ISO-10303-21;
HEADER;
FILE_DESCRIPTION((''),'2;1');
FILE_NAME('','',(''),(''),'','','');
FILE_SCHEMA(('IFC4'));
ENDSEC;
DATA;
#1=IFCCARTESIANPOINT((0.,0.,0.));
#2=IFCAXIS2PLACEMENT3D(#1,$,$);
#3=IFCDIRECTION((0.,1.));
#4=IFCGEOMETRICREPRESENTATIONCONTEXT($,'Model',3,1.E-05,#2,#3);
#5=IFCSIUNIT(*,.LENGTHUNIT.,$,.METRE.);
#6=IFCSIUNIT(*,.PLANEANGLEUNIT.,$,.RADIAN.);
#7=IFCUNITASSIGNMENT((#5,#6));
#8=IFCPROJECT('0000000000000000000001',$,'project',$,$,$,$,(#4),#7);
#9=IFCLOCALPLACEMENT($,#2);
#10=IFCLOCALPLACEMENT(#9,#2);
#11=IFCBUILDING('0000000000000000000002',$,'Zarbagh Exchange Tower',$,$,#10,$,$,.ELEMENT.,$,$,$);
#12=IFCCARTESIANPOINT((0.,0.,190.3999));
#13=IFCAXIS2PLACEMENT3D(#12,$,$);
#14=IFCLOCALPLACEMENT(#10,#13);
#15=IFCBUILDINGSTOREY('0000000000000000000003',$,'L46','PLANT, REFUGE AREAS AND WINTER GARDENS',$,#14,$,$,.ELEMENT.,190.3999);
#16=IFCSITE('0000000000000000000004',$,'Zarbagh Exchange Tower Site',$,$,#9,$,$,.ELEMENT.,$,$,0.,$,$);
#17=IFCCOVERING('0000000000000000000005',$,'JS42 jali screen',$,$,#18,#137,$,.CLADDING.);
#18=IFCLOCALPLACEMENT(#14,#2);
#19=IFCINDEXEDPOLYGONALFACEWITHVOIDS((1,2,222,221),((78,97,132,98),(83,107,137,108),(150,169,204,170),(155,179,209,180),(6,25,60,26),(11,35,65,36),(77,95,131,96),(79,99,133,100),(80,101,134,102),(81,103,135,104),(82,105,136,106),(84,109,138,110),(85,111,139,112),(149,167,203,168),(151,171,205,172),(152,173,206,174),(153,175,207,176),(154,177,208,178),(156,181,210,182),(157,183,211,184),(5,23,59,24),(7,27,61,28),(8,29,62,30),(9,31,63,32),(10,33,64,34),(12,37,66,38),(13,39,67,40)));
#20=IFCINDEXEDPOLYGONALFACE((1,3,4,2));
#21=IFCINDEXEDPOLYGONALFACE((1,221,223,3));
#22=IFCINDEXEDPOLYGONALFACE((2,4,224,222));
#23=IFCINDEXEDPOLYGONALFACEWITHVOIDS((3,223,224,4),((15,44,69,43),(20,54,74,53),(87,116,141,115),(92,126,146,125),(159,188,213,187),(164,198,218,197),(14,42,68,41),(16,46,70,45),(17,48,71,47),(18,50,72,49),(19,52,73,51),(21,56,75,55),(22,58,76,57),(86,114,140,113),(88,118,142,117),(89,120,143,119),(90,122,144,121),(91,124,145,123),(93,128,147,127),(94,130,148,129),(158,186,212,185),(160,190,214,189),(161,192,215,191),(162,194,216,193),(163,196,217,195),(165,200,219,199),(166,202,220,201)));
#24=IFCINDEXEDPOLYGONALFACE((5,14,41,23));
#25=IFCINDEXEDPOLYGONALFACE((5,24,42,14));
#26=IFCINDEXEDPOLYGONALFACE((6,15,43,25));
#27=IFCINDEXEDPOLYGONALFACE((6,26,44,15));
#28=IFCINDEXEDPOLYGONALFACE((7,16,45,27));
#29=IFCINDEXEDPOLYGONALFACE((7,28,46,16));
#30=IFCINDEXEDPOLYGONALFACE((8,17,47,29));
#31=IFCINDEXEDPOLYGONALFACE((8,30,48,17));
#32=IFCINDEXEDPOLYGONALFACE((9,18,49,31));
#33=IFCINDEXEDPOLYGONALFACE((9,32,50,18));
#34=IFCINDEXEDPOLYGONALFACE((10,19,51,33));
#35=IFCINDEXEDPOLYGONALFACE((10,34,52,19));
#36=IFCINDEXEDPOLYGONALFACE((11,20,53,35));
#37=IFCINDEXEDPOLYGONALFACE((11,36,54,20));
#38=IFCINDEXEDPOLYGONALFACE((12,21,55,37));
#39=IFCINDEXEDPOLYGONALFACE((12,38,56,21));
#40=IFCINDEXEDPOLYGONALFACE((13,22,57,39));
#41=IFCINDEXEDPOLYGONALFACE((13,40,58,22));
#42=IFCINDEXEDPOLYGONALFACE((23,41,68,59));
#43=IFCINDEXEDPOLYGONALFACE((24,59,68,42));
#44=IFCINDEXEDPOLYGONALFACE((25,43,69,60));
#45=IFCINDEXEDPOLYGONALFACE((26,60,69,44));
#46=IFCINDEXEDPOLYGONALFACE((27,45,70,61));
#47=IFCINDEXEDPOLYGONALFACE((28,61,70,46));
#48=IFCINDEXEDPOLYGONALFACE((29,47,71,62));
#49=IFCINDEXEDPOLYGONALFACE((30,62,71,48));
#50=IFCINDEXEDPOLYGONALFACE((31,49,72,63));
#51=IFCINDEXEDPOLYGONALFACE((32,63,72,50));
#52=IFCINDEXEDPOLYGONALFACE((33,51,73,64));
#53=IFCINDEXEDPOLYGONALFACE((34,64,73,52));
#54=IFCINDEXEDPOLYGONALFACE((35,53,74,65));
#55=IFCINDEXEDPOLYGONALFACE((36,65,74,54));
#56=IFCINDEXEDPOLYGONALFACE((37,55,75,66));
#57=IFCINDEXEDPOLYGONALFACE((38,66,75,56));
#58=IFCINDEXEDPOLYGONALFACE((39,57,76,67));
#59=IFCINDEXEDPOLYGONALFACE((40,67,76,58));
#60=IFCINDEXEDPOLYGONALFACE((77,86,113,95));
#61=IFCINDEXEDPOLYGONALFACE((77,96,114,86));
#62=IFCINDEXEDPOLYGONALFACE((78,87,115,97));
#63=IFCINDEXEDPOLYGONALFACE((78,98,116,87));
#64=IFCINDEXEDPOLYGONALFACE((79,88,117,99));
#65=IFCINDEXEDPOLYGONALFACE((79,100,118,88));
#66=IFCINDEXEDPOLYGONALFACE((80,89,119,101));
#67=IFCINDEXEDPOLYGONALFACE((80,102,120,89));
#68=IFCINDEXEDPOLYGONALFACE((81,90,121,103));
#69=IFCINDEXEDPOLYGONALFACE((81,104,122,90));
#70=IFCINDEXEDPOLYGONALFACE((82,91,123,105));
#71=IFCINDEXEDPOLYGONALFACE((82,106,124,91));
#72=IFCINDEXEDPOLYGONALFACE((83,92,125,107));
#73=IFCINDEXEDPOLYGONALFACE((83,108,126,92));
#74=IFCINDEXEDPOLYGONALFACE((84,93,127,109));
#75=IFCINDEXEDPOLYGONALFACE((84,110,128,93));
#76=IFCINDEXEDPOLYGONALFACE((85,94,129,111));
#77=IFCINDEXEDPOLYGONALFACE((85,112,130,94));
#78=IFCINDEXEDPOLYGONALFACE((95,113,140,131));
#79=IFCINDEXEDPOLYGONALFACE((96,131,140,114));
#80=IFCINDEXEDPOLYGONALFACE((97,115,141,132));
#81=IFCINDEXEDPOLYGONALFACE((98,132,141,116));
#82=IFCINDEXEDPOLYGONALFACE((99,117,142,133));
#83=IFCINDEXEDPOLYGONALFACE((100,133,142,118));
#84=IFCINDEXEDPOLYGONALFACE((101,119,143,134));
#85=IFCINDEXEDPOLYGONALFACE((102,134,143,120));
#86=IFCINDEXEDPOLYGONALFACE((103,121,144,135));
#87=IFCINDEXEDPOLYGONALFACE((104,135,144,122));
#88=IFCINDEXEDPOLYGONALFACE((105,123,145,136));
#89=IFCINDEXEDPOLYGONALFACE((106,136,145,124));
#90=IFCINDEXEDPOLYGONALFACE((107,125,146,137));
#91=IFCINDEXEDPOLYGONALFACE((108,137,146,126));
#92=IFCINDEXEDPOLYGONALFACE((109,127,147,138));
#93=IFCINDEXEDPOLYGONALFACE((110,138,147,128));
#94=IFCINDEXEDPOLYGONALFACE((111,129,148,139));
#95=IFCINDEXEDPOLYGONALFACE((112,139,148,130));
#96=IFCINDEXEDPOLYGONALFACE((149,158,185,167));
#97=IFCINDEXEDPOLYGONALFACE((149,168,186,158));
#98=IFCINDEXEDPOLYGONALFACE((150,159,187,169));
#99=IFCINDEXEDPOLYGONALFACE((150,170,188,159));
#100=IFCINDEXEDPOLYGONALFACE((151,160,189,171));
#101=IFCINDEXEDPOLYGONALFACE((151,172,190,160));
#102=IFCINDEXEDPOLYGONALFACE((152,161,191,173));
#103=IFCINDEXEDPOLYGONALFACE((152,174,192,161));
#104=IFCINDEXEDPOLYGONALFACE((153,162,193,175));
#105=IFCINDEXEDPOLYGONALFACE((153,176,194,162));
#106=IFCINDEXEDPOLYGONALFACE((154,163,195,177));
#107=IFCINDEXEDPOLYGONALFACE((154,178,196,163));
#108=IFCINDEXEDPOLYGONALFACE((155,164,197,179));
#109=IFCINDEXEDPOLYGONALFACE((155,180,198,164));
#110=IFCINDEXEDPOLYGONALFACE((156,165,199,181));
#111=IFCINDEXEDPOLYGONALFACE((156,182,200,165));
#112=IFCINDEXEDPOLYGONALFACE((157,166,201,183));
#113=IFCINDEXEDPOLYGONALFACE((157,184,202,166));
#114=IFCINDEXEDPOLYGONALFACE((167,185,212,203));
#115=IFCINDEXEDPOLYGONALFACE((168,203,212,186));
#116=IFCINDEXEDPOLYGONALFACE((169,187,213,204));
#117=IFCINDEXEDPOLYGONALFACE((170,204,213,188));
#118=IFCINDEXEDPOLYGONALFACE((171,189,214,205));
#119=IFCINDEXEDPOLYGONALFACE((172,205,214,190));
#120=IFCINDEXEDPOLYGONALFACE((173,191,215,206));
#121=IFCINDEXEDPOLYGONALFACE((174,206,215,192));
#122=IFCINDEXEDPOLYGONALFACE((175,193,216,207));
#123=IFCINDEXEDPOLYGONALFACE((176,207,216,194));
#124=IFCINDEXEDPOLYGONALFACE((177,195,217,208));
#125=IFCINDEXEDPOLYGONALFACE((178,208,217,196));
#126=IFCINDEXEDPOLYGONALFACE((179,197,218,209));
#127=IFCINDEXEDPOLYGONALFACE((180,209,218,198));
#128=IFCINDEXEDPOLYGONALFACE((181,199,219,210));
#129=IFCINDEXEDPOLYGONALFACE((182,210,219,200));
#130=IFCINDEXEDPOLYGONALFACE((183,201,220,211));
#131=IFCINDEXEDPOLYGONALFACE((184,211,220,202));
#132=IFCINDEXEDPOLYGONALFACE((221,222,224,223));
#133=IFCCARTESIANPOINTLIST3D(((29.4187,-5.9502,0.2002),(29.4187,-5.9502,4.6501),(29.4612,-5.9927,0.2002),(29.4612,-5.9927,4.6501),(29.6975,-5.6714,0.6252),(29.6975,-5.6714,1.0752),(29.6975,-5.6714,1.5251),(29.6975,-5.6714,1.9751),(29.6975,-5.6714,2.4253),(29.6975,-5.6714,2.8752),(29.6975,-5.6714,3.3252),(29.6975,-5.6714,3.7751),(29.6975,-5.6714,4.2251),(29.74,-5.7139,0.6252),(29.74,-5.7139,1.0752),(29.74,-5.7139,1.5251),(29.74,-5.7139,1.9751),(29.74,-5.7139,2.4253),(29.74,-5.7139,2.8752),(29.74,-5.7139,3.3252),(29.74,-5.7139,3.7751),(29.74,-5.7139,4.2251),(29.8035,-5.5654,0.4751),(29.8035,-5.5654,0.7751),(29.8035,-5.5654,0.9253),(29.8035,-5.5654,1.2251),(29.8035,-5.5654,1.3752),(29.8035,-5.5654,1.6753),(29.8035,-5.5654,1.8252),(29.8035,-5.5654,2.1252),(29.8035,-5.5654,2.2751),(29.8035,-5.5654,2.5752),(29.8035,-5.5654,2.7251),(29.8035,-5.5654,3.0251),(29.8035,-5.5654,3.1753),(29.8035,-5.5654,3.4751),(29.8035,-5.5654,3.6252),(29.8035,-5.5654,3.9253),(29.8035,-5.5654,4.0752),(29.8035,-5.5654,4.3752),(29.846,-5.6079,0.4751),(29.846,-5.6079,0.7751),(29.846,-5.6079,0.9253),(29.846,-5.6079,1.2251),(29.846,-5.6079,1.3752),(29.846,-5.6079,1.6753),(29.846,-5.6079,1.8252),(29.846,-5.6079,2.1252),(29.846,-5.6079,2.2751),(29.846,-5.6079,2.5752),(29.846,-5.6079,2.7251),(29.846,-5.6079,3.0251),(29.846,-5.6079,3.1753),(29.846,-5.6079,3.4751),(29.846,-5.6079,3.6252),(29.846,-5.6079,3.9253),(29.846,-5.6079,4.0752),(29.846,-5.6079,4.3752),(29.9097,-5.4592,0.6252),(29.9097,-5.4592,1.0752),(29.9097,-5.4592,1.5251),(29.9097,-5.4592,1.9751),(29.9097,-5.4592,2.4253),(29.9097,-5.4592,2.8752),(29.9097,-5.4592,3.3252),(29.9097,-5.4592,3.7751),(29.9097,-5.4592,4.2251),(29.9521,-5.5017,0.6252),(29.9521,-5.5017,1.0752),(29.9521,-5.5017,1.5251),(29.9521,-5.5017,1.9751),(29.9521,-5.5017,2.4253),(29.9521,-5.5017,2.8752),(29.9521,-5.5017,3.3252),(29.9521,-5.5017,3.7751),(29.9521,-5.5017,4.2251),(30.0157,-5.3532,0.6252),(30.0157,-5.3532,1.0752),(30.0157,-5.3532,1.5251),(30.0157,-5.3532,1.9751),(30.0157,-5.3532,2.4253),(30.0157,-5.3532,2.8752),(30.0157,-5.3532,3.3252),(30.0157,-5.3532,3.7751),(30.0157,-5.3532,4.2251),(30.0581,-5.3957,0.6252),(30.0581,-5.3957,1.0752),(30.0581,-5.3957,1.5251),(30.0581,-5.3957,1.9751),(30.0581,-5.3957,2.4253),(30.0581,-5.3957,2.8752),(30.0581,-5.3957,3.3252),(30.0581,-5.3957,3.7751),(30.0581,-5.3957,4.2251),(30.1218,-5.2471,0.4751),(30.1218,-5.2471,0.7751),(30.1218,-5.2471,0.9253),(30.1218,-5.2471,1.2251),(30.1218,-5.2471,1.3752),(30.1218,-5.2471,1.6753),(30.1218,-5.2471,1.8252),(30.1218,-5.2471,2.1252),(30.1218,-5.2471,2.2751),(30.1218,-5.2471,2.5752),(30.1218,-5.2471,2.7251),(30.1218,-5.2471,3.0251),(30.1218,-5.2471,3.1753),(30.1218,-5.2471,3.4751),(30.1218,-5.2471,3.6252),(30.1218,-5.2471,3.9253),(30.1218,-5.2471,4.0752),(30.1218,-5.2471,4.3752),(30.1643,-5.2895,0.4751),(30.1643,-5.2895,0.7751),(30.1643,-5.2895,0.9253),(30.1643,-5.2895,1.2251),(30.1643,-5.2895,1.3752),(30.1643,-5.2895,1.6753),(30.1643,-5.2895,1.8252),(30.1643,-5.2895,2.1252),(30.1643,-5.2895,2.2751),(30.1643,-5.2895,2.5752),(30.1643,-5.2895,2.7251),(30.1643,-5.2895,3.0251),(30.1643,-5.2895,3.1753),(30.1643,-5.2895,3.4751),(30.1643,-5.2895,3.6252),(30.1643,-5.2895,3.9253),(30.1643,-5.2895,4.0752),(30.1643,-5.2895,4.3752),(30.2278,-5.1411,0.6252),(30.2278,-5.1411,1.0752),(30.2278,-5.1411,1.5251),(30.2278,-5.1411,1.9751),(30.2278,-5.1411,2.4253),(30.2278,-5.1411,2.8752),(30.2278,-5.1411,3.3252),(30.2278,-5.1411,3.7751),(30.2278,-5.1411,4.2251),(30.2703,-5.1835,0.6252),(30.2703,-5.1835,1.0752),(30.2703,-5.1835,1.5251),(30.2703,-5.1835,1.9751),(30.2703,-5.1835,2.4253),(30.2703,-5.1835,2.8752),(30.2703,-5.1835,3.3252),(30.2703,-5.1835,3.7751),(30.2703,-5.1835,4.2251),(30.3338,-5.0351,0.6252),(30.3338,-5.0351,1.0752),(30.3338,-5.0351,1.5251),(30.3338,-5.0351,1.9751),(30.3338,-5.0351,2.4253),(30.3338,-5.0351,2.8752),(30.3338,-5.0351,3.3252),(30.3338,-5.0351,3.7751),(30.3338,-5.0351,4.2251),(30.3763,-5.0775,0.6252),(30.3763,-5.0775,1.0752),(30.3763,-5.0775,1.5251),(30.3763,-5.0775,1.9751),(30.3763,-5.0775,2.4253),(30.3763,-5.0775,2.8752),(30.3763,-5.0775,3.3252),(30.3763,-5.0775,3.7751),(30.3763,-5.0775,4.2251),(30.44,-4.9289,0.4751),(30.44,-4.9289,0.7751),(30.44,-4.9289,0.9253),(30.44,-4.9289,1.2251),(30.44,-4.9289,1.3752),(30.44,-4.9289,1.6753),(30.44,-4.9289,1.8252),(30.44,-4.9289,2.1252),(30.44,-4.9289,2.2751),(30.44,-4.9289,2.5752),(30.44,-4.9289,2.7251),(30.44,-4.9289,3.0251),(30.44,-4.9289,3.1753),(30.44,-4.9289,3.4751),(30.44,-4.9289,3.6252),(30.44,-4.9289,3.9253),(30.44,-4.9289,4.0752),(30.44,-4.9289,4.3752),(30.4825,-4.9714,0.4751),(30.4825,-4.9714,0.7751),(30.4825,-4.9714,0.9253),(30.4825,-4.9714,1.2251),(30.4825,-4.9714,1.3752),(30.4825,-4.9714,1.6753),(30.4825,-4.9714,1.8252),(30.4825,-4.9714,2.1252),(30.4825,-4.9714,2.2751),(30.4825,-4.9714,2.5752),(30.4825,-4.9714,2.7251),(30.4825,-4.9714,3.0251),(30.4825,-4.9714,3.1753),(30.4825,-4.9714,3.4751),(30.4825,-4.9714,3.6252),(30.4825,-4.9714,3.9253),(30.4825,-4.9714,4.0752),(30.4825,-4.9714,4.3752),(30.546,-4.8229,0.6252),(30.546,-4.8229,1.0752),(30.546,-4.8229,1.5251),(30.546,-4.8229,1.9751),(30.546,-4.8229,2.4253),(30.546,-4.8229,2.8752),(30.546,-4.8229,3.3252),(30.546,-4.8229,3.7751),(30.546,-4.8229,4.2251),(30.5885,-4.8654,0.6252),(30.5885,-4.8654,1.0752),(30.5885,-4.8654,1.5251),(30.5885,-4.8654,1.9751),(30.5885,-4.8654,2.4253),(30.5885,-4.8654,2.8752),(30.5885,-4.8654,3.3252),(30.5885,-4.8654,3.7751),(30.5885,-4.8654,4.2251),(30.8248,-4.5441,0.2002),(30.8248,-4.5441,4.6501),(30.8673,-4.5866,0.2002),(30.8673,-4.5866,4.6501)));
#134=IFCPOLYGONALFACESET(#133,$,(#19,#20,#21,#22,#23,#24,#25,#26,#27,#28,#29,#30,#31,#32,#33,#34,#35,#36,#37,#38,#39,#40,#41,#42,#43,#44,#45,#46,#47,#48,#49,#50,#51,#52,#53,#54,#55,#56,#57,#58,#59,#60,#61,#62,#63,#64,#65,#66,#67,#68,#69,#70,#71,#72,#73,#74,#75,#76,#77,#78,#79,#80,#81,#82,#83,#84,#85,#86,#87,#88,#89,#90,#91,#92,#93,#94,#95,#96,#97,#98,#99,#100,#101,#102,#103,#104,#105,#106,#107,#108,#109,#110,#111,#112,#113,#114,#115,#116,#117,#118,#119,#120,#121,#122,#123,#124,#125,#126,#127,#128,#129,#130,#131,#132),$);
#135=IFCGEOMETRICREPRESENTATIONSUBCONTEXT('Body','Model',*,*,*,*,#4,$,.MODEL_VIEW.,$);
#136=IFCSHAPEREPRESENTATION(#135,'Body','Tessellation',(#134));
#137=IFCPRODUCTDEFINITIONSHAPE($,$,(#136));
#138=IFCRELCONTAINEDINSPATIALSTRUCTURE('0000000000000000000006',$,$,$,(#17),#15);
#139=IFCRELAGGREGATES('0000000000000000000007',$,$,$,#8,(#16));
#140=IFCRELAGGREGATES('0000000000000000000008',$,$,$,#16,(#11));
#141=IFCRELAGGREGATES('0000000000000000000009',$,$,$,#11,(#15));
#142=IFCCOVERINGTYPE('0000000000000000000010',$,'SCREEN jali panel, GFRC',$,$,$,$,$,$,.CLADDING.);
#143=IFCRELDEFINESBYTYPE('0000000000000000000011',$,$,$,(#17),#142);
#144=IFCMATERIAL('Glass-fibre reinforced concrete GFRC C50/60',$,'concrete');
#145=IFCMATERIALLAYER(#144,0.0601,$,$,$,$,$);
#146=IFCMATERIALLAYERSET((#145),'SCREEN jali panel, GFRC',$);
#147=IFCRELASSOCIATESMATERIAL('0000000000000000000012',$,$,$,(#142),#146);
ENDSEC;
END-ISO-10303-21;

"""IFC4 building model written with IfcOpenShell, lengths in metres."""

from ifc_helpers import new_model, si_unit, direction, frame, origin, place, context, subcontext, project, spatial, polyline, outline, extrude, source, transform, mapped, material, layer, layer_set, type_object, element, save


model = new_model("IFC4")

# Units and contexts
model_context = context("Model", 3, precision=1e-05, world=origin(), true_north=direction((0.0, 1.0)))
body_context = subcontext(model_context, "Body", "Model", "MODEL_VIEW")
ifc_project = project(units=[si_unit("LENGTHUNIT", "METRE"), si_unit("PLANEANGLEUNIT", "RADIAN")], contexts=[model_context])

# Site, building, storey
site_placement = place(None, origin())
site = spatial("IfcSite", under=ifc_project, at=site_placement, Name="Zarbagh Exchange Tower Site", CompositionType="ELEMENT", RefElevation=0.0)
building_placement = place(site_placement, origin())
building = spatial("IfcBuilding", under=site, at=building_placement, Name="Zarbagh Exchange Tower", CompositionType="ELEMENT")
storey_placement = place(building_placement, frame((0.0, 0.0, 190.3999)))
storey = spatial("IfcBuildingStorey", under=building, at=storey_placement, Name="L46", Description="PLANT, REFUGE AREAS AND WINTER GARDENS", CompositionType="ELEMENT", Elevation=190.3999)

# Shared definitions
ifc_material_1 = material(Name="Glass-fibre reinforced concrete GFRC C50/60", Category="concrete")
ifc_layer_1 = layer(ifc_material_1, 0.0601)
ifc_layer_set_1 = layer_set([ifc_layer_1], Name="SCREEN jali panel, GFRC")
covering_type = type_object("IfcCoveringType", Name="SCREEN jali panel, GFRC", PredefinedType="CLADDING", material=ifc_layer_set_1)
placement = place(storey_placement, origin())

# Covering
shared_shape_1 = source(origin(), body_context, "Body", "SweptSolid", [
    extrude(outline(polyline([(0.0, 0.0), (1.9885, 0.0), (1.9885, 4.45), (0.0, 4.45), (0.0, 0.0)]), holes=[polyline([(0.3943, 0.425), (0.5442, 0.2749), (0.6943, 0.425), (0.5442, 0.575), (0.3943, 0.425)]), polyline([(0.3943, 0.875), (0.5442, 0.7251), (0.6943, 0.875), (0.5442, 1.0249), (0.3943, 0.875)]), polyline([(0.3943, 1.325), (0.5442, 1.175), (0.6943, 1.325), (0.5442, 1.4751), (0.3943, 1.325)]), polyline([(0.3943, 1.7749), (0.5442, 1.625), (0.6943, 1.7749), (0.5442, 1.925), (0.3943, 1.7749)]), polyline([(0.3943, 2.2251), (0.5442, 2.075), (0.6943, 2.2251), (0.5442, 2.375), (0.3943, 2.2251)]), polyline([(0.3943, 2.675), (0.5442, 2.5249), (0.6943, 2.675), (0.5442, 2.825), (0.3943, 2.675)]), polyline([(0.3943, 3.125), (0.5442, 2.9751), (0.6943, 3.125), (0.5442, 3.2749), (0.3943, 3.125)]), polyline([(0.3943, 3.575), (0.5442, 3.425), (0.6943, 3.575), (0.5442, 3.7251), (0.3943, 3.575)]), polyline([(0.3943, 4.0249), (0.5442, 3.875), (0.6943, 4.0249), (0.5442, 4.175), (0.3943, 4.0249)]), polyline([(0.8442, 0.425), (0.9944, 0.2749), (1.1443, 0.425), (0.9944, 0.575), (0.8442, 0.425)]), polyline([(0.8442, 0.875), (0.9944, 0.7251), (1.1443, 0.875), (0.9944, 1.0249), (0.8442, 0.875)]), polyline([(0.8442, 1.325), (0.9944, 1.175), (1.1443, 1.325), (0.9944, 1.4751), (0.8442, 1.325)]), polyline([(0.8442, 1.7749), (0.9944, 1.625), (1.1443, 1.7749), (0.9944, 1.925), (0.8442, 1.7749)]), polyline([(0.8442, 2.2251), (0.9944, 2.075), (1.1443, 2.2251), (0.9944, 2.375), (0.8442, 2.2251)]), polyline([(0.8442, 2.675), (0.9944, 2.5249), (1.1443, 2.675), (0.9944, 2.825), (0.8442, 2.675)]), polyline([(0.8442, 3.125), (0.9944, 2.9751), (1.1443, 3.125), (0.9944, 3.2749), (0.8442, 3.125)]), polyline([(0.8442, 3.575), (0.9944, 3.425), (1.1443, 3.575), (0.9944, 3.7251), (0.8442, 3.575)]), polyline([(0.8442, 4.0249), (0.9944, 3.875), (1.1443, 4.0249), (0.9944, 4.175), (0.8442, 4.0249)]), polyline([(1.2942, 0.425), (1.4443, 0.2749), (1.5942, 0.425), (1.4443, 0.575), (1.2942, 0.425)]), polyline([(1.2942, 0.875), (1.4443, 0.7251), (1.5942, 0.875), (1.4443, 1.0249), (1.2942, 0.875)]), polyline([(1.2942, 1.325), (1.4443, 1.175), (1.5942, 1.325), (1.4443, 1.4751), (1.2942, 1.325)]), polyline([(1.2942, 1.7749), (1.4443, 1.625), (1.5942, 1.7749), (1.4443, 1.925), (1.2942, 1.7749)]), polyline([(1.2942, 2.2251), (1.4443, 2.075), (1.5942, 2.2251), (1.4443, 2.375), (1.2942, 2.2251)]), polyline([(1.2942, 2.675), (1.4443, 2.5249), (1.5942, 2.675), (1.4443, 2.825), (1.2942, 2.675)]), polyline([(1.2942, 3.125), (1.4443, 2.9751), (1.5942, 3.125), (1.4443, 3.2749), (1.2942, 3.125)]), polyline([(1.2942, 3.575), (1.4443, 3.425), (1.5942, 3.575), (1.4443, 3.7251), (1.2942, 3.575)]), polyline([(1.2942, 4.0249), (1.4443, 3.875), (1.5942, 4.0249), (1.4443, 4.175), (1.2942, 4.0249)])]), origin(), (0.0, 0.0, 1.0), 0.0601),
])
element("IfcCovering", 1, at=placement, inside=storey, type_object=covering_type, Name="JS42 jali screen", PredefinedType="CLADDING", context=body_context, shape_type="MappedRepresentation", body=[
    mapped(shared_shape_1, transform((29.4187, -5.9502, 0.2002), x_axis=(0.707107, 0.707107, 0.0), y_axis=(0.0, 0.0, 1.0), z_axis=(0.707107, -0.707107, 0.0))),
])

save(model, "model.ifc")
